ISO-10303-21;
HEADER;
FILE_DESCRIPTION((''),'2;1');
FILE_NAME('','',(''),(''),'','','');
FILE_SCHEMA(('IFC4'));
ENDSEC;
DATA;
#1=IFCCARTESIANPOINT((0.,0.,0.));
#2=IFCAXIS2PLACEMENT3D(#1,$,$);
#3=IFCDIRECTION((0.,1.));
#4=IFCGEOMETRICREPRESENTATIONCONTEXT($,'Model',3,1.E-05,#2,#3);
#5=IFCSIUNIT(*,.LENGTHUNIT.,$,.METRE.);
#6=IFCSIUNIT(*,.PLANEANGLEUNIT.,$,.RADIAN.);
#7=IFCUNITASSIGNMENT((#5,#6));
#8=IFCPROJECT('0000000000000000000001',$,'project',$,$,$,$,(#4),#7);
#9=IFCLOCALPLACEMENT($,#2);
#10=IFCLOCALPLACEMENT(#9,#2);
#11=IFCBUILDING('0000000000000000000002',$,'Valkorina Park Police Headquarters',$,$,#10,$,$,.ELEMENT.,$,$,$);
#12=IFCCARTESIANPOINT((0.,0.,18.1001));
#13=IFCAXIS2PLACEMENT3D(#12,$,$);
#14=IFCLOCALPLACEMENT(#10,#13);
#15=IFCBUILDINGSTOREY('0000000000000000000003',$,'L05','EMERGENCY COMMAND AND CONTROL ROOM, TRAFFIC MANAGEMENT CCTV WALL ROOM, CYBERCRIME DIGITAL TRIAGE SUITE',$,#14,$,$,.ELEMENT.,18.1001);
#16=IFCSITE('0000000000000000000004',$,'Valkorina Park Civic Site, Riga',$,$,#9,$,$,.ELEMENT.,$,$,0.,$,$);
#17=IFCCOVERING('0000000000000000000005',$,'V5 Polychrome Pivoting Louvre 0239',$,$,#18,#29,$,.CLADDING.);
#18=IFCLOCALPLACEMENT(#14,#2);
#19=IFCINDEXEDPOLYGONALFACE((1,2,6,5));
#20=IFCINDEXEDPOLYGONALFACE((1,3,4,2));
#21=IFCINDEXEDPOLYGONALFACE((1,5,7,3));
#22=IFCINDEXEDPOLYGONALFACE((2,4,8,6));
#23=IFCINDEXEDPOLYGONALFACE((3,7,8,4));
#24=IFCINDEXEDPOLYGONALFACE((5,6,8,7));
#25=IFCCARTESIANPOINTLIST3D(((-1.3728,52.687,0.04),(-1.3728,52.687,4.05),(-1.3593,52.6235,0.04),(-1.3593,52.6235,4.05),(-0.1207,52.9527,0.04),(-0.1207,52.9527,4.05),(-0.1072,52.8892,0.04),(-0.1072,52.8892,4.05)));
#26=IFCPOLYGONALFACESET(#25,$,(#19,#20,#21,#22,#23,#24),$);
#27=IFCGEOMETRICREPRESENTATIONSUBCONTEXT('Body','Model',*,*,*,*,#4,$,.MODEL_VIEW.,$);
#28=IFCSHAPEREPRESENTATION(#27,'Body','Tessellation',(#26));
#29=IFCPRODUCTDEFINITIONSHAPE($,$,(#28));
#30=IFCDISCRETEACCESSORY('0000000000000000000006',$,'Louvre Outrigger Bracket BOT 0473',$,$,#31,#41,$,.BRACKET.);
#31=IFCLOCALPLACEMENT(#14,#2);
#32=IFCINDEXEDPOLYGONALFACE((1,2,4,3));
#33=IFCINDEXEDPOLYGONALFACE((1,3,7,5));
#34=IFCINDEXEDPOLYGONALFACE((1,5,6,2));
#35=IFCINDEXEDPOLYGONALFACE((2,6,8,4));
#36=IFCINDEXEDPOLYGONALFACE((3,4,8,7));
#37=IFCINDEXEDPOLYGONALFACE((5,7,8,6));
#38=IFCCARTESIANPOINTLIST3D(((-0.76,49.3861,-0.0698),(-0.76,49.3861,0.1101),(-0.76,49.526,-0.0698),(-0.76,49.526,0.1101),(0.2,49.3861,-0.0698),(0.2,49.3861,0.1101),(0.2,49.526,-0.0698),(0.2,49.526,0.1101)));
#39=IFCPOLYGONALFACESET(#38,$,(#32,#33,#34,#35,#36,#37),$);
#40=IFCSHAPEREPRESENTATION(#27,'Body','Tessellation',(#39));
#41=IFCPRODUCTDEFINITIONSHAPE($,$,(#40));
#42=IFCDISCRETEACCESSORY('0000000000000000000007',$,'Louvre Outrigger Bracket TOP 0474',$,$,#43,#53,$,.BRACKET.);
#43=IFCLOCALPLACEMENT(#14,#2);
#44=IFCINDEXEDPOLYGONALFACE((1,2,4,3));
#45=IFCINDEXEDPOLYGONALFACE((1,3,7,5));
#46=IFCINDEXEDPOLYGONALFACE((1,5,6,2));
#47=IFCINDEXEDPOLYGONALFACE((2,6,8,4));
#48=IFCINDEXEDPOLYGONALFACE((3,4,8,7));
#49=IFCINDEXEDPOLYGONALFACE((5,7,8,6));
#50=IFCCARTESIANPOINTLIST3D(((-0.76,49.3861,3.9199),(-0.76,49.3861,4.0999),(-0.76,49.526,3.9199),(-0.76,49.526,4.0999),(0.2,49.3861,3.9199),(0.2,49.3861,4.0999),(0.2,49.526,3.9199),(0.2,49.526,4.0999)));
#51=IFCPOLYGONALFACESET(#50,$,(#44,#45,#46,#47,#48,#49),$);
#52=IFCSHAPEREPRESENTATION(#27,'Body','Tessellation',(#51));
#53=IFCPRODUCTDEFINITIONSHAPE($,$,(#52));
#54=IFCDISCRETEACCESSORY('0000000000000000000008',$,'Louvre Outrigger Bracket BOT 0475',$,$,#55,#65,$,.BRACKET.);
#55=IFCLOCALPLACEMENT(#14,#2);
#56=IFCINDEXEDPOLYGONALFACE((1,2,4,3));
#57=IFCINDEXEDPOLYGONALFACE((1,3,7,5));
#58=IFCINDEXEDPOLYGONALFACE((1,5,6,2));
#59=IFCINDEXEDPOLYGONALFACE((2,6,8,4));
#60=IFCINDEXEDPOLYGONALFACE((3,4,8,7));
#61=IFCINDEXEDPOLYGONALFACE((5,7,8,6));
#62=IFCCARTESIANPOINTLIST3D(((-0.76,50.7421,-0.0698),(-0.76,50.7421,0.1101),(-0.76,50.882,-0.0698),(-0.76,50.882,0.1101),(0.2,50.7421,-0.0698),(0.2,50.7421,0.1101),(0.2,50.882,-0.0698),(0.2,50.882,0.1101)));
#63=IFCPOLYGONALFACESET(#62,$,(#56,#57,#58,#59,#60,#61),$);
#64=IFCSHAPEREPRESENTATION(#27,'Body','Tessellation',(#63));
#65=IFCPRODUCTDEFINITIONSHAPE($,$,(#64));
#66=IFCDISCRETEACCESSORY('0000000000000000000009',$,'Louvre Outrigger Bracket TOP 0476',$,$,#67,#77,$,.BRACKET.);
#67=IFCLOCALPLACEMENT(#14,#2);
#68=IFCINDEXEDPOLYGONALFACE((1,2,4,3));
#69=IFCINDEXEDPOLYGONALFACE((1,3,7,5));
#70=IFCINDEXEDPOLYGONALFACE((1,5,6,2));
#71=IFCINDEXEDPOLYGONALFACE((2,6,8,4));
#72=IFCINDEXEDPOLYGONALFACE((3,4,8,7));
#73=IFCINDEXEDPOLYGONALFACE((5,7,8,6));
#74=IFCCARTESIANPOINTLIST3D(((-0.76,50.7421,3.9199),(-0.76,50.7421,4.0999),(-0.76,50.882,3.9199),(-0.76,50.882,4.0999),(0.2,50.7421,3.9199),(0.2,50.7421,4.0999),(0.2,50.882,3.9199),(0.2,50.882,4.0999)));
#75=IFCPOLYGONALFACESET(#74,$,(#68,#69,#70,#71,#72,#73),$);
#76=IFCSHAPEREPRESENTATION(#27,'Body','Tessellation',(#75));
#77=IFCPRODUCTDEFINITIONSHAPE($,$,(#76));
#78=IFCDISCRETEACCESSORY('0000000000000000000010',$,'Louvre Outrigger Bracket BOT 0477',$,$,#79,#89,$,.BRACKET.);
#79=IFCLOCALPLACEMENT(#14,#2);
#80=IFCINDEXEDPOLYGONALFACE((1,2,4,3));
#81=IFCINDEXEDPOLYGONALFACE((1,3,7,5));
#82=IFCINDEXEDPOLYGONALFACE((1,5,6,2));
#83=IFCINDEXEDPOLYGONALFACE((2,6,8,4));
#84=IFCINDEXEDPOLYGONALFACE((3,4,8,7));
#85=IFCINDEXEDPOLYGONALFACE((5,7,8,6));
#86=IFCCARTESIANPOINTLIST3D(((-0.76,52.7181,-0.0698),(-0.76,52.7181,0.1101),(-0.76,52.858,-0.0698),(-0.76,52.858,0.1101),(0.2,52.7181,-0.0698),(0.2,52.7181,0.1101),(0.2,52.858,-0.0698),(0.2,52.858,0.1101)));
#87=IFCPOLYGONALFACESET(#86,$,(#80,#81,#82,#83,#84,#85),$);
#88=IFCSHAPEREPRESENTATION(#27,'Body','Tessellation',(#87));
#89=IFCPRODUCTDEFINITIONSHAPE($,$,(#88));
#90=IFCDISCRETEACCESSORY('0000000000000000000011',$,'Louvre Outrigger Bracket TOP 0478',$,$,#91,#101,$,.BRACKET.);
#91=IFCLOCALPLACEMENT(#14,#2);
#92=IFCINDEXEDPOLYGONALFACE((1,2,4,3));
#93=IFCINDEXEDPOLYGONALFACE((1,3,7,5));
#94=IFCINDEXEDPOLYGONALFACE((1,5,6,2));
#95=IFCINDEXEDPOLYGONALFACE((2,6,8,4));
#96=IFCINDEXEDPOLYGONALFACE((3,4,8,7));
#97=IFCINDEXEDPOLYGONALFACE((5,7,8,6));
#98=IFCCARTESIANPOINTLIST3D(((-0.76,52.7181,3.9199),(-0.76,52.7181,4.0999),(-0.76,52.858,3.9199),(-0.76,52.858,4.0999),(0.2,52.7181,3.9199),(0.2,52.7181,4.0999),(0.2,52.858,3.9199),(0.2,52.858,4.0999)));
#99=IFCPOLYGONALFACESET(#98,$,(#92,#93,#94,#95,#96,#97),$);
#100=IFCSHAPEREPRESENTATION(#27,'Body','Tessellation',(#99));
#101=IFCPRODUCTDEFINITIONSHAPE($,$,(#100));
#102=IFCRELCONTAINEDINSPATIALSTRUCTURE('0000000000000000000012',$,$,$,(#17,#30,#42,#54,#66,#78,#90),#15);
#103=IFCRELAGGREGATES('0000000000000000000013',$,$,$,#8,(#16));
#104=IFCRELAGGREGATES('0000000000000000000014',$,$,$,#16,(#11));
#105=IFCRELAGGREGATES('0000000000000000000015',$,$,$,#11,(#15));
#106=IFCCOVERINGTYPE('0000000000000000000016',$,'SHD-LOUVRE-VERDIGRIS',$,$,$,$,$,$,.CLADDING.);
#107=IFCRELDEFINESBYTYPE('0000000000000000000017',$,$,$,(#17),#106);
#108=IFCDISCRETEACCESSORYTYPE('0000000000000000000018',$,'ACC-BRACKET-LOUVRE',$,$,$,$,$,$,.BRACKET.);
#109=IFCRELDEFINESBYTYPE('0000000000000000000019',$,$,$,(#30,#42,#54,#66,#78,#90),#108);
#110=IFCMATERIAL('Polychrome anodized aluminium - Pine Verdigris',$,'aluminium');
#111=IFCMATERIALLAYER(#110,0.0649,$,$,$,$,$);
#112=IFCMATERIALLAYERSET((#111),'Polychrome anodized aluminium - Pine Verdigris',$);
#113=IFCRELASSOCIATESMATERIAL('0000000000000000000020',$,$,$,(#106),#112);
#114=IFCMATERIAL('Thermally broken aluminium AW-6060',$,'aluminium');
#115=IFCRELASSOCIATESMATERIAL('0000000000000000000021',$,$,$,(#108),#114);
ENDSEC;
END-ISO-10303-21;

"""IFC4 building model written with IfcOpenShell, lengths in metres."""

from ifc_helpers import new_model, si_unit, direction, frame, origin, origin_2d, place, context, subcontext, project, spatial, rectangle, extrude, material, layer, layer_set, type_object, element, save


model = new_model("IFC4")

# Units and contexts
model_context = context("Model", 3, precision=1e-05, world=origin(), true_north=direction((0.0, 1.0)))
body_context = subcontext(model_context, "Body", "Model", "MODEL_VIEW")
ifc_project = project(units=[si_unit("LENGTHUNIT", "METRE"), si_unit("PLANEANGLEUNIT", "RADIAN")], contexts=[model_context])

# Site, building, storey
site_placement = place(None, origin())
site = spatial("IfcSite", under=ifc_project, at=site_placement, Name="Valkorina Park Civic Site, Riga", CompositionType="ELEMENT", RefElevation=0.0)
building_placement = place(site_placement, origin())
building = spatial("IfcBuilding", under=site, at=building_placement, Name="Valkorina Park Police Headquarters", CompositionType="ELEMENT")
storey_placement = place(building_placement, frame((0.0, 0.0, 18.1001)))
storey = spatial("IfcBuildingStorey", under=building, at=storey_placement, Name="L05", Description="EMERGENCY COMMAND AND CONTROL ROOM, TRAFFIC MANAGEMENT CCTV WALL ROOM, CYBERCRIME DIGITAL TRIAGE SUITE", CompositionType="ELEMENT", Elevation=18.1001)

# Shared definitions
ifc_material_1 = material(Name="Thermally broken aluminium AW-6060", Category="aluminium")

# Covering
ifc_material_2 = material(Name="Polychrome anodized aluminium - Pine Verdigris", Category="aluminium")
ifc_layer_1 = layer(ifc_material_2, 0.0649)
ifc_layer_set_1 = layer_set([ifc_layer_1], Name="Polychrome anodized aluminium - Pine Verdigris")
covering_type_1 = type_object("IfcCoveringType", Name="SHD-LOUVRE-VERDIGRIS", PredefinedType="CLADDING", material=ifc_layer_set_1)
covering_1_placement = place(storey_placement, frame((-0.74, 52.7881, 0.04), z_axis=(0.0, 0.0, 1.0), x_axis=(-0.97822, -0.20757, 0.0)))
element("IfcCovering", 1, at=covering_1_placement, inside=storey, type_object=covering_type_1, Name="V5 Polychrome Pivoting Louvre 0239", PredefinedType="CLADDING", context=body_context, shape_type="SweptSolid", body=[
    extrude(rectangle(XDim=1.28, YDim=0.0649, at=origin_2d()), origin(), (0.0, 0.0, 1.0), 4.01),
])

# Discrete accessories
discrete_accessory_type = type_object("IfcDiscreteAccessoryType", Name="ACC-BRACKET-LOUVRE", PredefinedType="BRACKET", material=ifc_material_1)
for number, where, z_axis, x_axis, name in (
    (2, (-0.28, 49.4561, -0.0698), (0.0, 0.0, 1.0), (-1.0, 0.0, 0.0), "Louvre Outrigger Bracket BOT 0473"),
    (3, (-0.28, 49.4561, 3.9199), (0.0, 0.0, 1.0), (-1.0, 0.0, 0.0), "Louvre Outrigger Bracket TOP 0474"),
    (4, (-0.28, 50.812, -0.0698), (0.0, 0.0, 1.0), (-1.0, 0.0, 0.0), "Louvre Outrigger Bracket BOT 0475"),
    (5, (-0.28, 50.812, 3.9199), (0.0, 0.0, 1.0), (-1.0, 0.0, 0.0), "Louvre Outrigger Bracket TOP 0476"),
    (6, (-0.28, 52.7881, -0.0698), (0.0, 0.0, 1.0), (-1.0, 0.0, 0.0), "Louvre Outrigger Bracket BOT 0477"),
    (7, (-0.28, 52.7881, 3.9199), (0.0, 0.0, 1.0), (-1.0, 0.0, 0.0), "Louvre Outrigger Bracket TOP 0478"),
):
    element("IfcDiscreteAccessory", number, at=place(storey_placement, frame(where, z_axis=z_axis, x_axis=x_axis)), inside=storey, type_object=discrete_accessory_type, Name=name, PredefinedType="BRACKET", context=body_context, shape_type="SweptSolid", body=[
        extrude(rectangle(XDim=0.96, YDim=0.1399, at=origin_2d()), origin(), (0.0, 0.0, 1.0), 0.1799),
    ])

save(model, "model.ifc")
